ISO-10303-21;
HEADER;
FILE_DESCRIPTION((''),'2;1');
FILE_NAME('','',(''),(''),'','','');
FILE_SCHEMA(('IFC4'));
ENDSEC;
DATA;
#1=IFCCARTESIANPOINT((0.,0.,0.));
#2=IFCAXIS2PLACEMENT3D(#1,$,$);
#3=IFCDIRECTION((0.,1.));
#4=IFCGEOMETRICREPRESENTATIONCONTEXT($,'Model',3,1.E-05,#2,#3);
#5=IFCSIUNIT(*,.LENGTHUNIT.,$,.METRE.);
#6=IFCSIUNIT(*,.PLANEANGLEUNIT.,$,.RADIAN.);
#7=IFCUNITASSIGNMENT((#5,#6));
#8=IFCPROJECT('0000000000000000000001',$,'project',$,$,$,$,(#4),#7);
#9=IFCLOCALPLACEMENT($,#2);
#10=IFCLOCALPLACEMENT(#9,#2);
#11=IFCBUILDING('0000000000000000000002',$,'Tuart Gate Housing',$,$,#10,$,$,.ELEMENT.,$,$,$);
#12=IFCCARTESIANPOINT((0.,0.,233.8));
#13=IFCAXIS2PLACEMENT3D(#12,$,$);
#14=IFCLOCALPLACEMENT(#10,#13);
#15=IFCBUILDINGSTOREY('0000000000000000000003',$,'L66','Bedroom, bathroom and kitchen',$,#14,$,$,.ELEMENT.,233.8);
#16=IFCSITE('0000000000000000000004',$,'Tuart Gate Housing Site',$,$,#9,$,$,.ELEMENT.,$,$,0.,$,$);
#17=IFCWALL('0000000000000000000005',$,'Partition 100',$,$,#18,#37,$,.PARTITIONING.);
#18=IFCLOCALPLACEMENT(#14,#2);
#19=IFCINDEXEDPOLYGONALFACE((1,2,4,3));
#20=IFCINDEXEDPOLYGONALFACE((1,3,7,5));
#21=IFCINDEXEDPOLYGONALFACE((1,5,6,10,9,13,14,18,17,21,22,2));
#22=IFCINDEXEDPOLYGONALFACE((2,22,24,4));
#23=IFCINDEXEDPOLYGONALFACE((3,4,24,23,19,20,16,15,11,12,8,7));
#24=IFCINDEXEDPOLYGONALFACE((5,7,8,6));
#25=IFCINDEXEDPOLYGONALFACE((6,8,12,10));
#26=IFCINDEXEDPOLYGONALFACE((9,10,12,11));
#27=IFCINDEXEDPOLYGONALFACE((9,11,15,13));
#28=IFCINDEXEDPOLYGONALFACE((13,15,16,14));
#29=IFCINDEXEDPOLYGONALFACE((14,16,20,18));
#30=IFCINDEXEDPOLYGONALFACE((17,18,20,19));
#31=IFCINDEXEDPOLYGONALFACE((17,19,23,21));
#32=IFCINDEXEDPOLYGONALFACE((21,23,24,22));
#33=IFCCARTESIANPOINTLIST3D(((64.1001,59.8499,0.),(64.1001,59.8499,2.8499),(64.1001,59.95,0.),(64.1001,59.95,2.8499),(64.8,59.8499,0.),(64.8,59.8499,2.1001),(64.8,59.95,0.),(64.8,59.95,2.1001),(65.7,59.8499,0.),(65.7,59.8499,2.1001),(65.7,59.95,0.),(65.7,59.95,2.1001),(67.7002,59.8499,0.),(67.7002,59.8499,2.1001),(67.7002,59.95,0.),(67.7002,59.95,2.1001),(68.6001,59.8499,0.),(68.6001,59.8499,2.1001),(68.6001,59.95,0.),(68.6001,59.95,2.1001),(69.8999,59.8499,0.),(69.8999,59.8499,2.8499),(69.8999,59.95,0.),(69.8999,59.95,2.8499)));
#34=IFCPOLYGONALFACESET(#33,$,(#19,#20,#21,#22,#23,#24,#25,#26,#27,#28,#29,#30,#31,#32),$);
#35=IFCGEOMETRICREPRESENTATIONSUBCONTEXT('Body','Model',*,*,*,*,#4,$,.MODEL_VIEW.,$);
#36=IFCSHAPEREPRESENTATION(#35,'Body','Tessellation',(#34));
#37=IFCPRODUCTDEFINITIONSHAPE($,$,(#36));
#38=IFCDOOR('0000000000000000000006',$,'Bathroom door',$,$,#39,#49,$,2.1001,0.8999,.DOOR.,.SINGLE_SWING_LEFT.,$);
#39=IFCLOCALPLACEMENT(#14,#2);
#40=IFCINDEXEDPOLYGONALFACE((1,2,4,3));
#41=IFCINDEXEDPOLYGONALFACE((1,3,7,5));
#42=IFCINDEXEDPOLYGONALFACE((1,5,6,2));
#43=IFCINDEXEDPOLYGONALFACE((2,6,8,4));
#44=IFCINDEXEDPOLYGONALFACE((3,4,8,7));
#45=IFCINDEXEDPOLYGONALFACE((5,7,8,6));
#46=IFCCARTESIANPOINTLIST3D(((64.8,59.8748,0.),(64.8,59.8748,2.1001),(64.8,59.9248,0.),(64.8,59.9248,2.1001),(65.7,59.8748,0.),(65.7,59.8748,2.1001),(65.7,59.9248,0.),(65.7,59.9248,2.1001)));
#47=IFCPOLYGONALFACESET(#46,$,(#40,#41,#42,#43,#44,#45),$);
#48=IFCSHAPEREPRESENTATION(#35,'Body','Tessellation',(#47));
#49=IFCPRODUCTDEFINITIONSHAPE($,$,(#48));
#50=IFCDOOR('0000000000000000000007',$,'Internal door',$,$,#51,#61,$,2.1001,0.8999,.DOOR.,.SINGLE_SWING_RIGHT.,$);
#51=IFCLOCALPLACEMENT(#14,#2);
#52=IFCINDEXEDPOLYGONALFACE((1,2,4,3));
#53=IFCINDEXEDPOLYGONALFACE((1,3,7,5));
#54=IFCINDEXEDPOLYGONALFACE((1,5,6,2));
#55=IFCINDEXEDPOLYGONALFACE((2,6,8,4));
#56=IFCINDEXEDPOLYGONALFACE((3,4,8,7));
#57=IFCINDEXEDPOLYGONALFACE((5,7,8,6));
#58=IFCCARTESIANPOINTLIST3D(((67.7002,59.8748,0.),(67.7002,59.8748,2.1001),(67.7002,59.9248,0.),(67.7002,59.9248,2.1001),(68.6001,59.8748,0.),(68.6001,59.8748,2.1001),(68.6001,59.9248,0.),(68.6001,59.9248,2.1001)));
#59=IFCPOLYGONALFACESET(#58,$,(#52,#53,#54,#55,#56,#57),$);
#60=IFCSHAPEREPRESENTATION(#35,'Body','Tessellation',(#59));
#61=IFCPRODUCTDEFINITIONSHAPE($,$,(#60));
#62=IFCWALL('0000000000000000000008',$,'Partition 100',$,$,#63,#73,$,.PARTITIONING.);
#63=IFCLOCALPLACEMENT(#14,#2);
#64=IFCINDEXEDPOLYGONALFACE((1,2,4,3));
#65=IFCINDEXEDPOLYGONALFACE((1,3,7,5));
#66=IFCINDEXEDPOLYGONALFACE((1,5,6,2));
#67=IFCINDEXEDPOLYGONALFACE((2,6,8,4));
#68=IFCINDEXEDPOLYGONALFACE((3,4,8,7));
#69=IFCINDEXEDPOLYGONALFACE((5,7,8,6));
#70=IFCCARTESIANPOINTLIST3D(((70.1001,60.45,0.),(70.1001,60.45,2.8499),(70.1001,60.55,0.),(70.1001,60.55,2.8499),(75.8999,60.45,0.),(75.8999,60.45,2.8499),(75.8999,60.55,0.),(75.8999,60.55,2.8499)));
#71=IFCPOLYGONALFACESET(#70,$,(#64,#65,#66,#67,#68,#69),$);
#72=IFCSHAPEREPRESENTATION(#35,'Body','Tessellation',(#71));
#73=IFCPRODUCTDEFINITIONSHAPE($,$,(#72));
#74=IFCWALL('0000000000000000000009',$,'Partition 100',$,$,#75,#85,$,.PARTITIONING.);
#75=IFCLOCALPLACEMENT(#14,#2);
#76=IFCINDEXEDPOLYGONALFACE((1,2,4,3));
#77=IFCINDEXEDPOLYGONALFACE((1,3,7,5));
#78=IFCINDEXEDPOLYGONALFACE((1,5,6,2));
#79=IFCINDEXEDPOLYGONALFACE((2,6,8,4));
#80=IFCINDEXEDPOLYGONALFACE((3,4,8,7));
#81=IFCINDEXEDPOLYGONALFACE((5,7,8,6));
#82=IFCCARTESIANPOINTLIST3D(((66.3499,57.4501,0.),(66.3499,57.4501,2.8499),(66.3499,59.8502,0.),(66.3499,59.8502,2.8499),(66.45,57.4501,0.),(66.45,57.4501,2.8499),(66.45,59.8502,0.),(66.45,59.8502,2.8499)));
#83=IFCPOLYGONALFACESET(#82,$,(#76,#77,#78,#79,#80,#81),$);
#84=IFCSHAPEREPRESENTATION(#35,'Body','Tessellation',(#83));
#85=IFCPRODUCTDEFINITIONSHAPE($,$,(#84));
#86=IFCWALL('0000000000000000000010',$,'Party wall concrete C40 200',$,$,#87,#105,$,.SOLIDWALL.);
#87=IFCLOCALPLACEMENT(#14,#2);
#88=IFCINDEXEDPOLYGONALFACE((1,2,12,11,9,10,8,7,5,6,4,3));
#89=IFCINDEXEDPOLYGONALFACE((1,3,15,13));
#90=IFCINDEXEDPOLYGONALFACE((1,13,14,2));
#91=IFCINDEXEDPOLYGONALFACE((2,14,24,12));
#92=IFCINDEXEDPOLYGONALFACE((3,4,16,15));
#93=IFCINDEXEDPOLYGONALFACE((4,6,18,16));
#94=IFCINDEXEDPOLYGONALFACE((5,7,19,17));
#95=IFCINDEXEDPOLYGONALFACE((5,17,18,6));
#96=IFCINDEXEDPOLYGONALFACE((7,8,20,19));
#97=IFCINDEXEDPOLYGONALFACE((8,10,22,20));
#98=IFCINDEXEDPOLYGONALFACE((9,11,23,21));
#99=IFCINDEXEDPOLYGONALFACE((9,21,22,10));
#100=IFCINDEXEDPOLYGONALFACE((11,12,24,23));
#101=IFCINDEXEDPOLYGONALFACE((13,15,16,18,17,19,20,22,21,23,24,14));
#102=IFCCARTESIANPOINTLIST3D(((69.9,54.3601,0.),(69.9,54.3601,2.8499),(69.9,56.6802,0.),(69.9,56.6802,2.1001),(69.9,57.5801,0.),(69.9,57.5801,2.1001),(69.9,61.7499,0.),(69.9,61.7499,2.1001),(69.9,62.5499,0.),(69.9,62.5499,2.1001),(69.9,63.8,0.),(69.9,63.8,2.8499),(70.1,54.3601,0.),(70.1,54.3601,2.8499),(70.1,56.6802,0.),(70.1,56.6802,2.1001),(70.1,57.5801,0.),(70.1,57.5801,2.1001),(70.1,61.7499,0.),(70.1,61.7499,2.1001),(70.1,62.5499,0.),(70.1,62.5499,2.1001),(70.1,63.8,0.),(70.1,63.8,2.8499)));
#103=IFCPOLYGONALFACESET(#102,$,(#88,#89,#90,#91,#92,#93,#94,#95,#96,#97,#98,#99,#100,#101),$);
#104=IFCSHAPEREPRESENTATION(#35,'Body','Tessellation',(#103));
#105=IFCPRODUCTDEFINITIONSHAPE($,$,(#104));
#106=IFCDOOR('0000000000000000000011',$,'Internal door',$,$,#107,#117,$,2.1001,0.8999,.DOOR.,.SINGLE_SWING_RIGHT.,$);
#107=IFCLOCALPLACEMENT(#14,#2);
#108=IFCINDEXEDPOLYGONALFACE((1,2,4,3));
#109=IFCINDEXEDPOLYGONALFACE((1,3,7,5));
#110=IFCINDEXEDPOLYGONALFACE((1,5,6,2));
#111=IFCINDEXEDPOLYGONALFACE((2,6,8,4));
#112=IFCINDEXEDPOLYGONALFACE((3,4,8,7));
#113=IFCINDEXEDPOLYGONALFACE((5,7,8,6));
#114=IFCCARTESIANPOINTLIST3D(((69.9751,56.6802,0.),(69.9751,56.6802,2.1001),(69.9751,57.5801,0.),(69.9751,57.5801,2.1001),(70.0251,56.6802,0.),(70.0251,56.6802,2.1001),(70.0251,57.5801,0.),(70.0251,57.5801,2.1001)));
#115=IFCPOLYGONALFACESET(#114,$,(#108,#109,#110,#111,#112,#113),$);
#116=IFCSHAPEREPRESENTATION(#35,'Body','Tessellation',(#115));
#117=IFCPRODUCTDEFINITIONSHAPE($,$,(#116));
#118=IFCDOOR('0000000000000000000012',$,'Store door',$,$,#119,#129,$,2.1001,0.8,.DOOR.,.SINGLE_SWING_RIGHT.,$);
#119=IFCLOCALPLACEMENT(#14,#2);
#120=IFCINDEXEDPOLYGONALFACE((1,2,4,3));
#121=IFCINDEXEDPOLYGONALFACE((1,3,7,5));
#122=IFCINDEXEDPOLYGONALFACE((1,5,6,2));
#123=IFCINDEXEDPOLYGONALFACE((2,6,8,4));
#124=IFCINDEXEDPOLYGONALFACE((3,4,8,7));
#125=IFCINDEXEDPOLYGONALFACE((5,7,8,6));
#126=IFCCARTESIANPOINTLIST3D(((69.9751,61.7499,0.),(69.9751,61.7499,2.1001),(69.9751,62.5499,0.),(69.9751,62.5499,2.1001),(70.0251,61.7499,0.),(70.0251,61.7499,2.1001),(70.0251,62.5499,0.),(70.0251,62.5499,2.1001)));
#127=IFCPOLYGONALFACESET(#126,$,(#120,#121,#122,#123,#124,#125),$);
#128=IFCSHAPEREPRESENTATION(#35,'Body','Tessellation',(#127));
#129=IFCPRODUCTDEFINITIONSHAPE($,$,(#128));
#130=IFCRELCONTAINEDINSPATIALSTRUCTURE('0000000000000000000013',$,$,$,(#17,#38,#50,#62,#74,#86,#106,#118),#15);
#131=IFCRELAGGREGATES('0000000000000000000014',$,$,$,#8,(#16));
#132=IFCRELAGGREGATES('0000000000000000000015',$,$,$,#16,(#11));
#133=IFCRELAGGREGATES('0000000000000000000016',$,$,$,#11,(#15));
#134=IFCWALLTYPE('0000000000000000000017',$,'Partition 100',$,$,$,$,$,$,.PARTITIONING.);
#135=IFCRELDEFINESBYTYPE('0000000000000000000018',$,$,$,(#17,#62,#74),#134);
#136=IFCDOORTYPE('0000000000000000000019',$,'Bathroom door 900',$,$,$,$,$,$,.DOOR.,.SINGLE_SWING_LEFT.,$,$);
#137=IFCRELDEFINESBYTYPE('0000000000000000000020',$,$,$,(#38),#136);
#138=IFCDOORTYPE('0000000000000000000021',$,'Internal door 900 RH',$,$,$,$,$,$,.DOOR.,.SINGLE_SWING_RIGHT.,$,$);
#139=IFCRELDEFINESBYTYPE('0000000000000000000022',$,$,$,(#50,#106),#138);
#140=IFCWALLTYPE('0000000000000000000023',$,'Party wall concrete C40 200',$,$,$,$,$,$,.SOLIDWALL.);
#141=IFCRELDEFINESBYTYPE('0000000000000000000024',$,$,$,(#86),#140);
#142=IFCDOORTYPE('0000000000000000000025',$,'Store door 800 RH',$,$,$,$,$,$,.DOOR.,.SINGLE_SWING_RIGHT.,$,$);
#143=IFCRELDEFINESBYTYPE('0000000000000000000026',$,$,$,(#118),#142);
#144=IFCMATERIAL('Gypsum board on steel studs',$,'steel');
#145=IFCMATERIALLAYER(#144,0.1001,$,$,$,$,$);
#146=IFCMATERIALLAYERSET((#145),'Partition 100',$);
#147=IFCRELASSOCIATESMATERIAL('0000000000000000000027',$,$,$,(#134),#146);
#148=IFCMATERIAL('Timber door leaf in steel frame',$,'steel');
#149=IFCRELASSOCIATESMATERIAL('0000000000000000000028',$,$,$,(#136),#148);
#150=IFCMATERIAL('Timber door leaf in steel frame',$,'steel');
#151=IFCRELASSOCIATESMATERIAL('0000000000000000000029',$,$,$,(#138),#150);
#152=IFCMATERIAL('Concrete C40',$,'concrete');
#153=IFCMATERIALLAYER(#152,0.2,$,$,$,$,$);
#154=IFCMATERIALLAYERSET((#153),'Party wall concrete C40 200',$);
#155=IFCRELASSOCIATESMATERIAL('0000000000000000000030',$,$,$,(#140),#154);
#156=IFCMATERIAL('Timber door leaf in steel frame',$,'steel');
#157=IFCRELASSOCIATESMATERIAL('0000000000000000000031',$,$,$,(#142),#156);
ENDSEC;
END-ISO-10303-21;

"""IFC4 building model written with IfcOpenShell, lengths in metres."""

from ifc_helpers import new_model, si_unit, direction, frame, frame_2d, origin, place, context, subcontext, project, spatial, rectangle, extrude, material, layer, layer_set, type_object, element, fill, save


model = new_model("IFC4")

# Units and contexts
model_context = context("Model", 3, precision=1e-05, world=origin(), true_north=direction((0.0, 1.0)))
body_context = subcontext(model_context, "Body", "Model", "MODEL_VIEW")
ifc_project = project(units=[si_unit("LENGTHUNIT", "METRE"), si_unit("PLANEANGLEUNIT", "RADIAN")], contexts=[model_context])

# Site, building, storey
site_placement = place(None, origin())
site = spatial("IfcSite", under=ifc_project, at=site_placement, Name="Tuart Gate Housing Site", CompositionType="ELEMENT", RefElevation=0.0)
building_placement = place(site_placement, origin())
building = spatial("IfcBuilding", under=site, at=building_placement, Name="Tuart Gate Housing", CompositionType="ELEMENT")
storey_placement = place(building_placement, frame((0.0, 0.0, 233.8)))
storey = spatial("IfcBuildingStorey", under=building, at=storey_placement, Name="L66", Description="Bedroom, bathroom and kitchen", CompositionType="ELEMENT", Elevation=233.8)

# Shared definitions
ifc_material_1 = material(Name="Gypsum board on steel studs", Category="steel")
ifc_layer_1 = layer(ifc_material_1, 0.1001)
ifc_layer_set_1 = layer_set([ifc_layer_1], Name="Partition 100")
wall_type_1 = type_object("IfcWallType", Name="Partition 100", PredefinedType="PARTITIONING", material=ifc_layer_set_1)

# Wall, openings, doors
wall_1_placement = place(storey_placement, frame((64.1001, 59.8999, 0.0), z_axis=(0.0, 0.0, 1.0), x_axis=(1.0, 0.0, 0.0)))
wall_1 = element("IfcWall", 1, at=wall_1_placement, inside=storey, type_object=wall_type_1, Name="Partition 100", PredefinedType="PARTITIONING", context=body_context, shape_type="SweptSolid", body=[
    extrude(rectangle(XDim=5.7998, YDim=0.1001, at=frame_2d((2.8999, 0.0))), origin(), (0.0, 0.0, 1.0), 2.8499),
])
opening_1_placement = place(wall_1_placement, frame((3.6001, 0.0, 0.0)))
opening_1 = element("IfcOpeningElement", 2, at=opening_1_placement, cuts=wall_1, PredefinedType="OPENING", context=body_context, shape_type="SweptSolid", body=[
    extrude(rectangle(XDim=0.8999, YDim=2.1001, at=frame_2d((0.45, 1.05))), frame((0.0, 0.0601, 0.0), z_axis=(0.0, -1.0, 0.0), x_axis=(1.0, 0.0, 0.0)), (0.0, 0.0, 1.0), 0.1201),
])
opening_2_placement = place(wall_1_placement, frame((0.7, 0.0, 0.0)))
opening_2 = element("IfcOpeningElement", 3, at=opening_2_placement, cuts=wall_1, PredefinedType="OPENING", context=body_context, shape_type="SweptSolid", body=[
    extrude(rectangle(XDim=0.8999, YDim=2.1001, at=frame_2d((0.45, 1.05))), frame((0.0, 0.0601, 0.0), z_axis=(0.0, -1.0, 0.0), x_axis=(1.0, 0.0, 0.0)), (0.0, 0.0, 1.0), 0.1201),
])
ifc_material_2 = material(Name="Timber door leaf in steel frame", Category="steel")
door_type_1 = type_object("IfcDoorType", Name="Bathroom door 900", OperationType="SINGLE_SWING_LEFT", PredefinedType="DOOR", material=ifc_material_2)
door_1_placement = place(opening_2_placement, frame((0.8999, 0.0, 0.0), z_axis=(0.0, 0.0, 1.0), x_axis=(-1.0, 0.0, 0.0)))
door_1 = element("IfcDoor", 4, at=door_1_placement, inside=storey, type_object=door_type_1, Name="Bathroom door", OperationType="SINGLE_SWING_LEFT", OverallHeight=2.1001, OverallWidth=0.8999, PredefinedType="DOOR", context=body_context, shape_type="SweptSolid", body=[
    extrude(rectangle(XDim=0.8999, YDim=2.1001, at=frame_2d((0.45, 1.05))), frame((0.0, 0.0251, 0.0), z_axis=(0.0, -1.0, 0.0), x_axis=(1.0, 0.0, 0.0)), (0.0, 0.0, 1.0), 0.05),
])
fill(opening_2, door_1)
ifc_material_3 = material(Name="Timber door leaf in steel frame", Category="steel")
door_type_2 = type_object("IfcDoorType", Name="Internal door 900 RH", OperationType="SINGLE_SWING_RIGHT", PredefinedType="DOOR", material=ifc_material_3)
door_2_placement = place(opening_1_placement, origin())
door_2 = element("IfcDoor", 5, at=door_2_placement, inside=storey, type_object=door_type_2, Name="Internal door", OperationType="SINGLE_SWING_RIGHT", OverallHeight=2.1001, OverallWidth=0.8999, PredefinedType="DOOR", context=body_context, shape_type="SweptSolid", body=[
    extrude(rectangle(XDim=0.8999, YDim=2.1001, at=frame_2d((0.45, 1.05))), frame((0.0, 0.0249, 0.0), z_axis=(0.0, -1.0, 0.0), x_axis=(1.0, 0.0, 0.0)), (0.0, 0.0, 1.0), 0.05),
])
fill(opening_1, door_2)

# Walls
wall_2_placement = place(storey_placement, frame((70.1001, 60.5, 0.0), z_axis=(0.0, 0.0, 1.0), x_axis=(1.0, 0.0, 0.0)))
element("IfcWall", 6, at=wall_2_placement, inside=storey, type_object=wall_type_1, Name="Partition 100", PredefinedType="PARTITIONING", context=body_context, shape_type="SweptSolid", body=[
    extrude(rectangle(XDim=5.7998, YDim=0.1001, at=frame_2d((2.8999, 0.0))), origin(), (0.0, 0.0, 1.0), 2.8499),
])
wall_3_placement = place(storey_placement, frame((66.3999, 57.45, 0.0), z_axis=(0.0, 0.0, 1.0), x_axis=(0.0, 1.0, 0.0)))
element("IfcWall", 7, at=wall_3_placement, inside=storey, type_object=wall_type_1, Name="Partition 100", PredefinedType="PARTITIONING", context=body_context, shape_type="SweptSolid", body=[
    extrude(rectangle(XDim=2.4001, YDim=0.1001, at=frame_2d((1.2002, 0.0))), origin(), (0.0, 0.0, 1.0), 2.8499),
])

# Wall, openings, doors
ifc_material_4 = material(Name="Concrete C40", Category="concrete")
ifc_layer_2 = layer(ifc_material_4, 0.2)
ifc_layer_set_2 = layer_set([ifc_layer_2], Name="Party wall concrete C40 200")
wall_type_2 = type_object("IfcWallType", Name="Party wall concrete C40 200", PredefinedType="SOLIDWALL", material=ifc_layer_set_2)
wall_4_placement = place(storey_placement, frame((70.0, 54.3601, 0.0), z_axis=(0.0, 0.0, 1.0), x_axis=(0.0, 1.0, 0.0)))
wall_4 = element("IfcWall", 8, at=wall_4_placement, inside=storey, type_object=wall_type_2, Name="Party wall concrete C40 200", PredefinedType="SOLIDWALL", context=body_context, shape_type="SweptSolid", body=[
    extrude(rectangle(XDim=9.4399, YDim=0.2, at=frame_2d((4.72, 0.0))), origin(), (0.0, 0.0, 1.0), 2.8499),
])
opening_3_placement = place(wall_4_placement, frame((2.3201, 0.0, 0.0)))
opening_3 = element("IfcOpeningElement", 9, at=opening_3_placement, cuts=wall_4, PredefinedType="OPENING", context=body_context, shape_type="SweptSolid", body=[
    extrude(rectangle(XDim=0.8999, YDim=2.1001, at=frame_2d((0.45, 1.05))), frame((0.0, 0.1099, 0.0), z_axis=(0.0, -1.0, 0.0), x_axis=(1.0, 0.0, 0.0)), (0.0, 0.0, 1.0), 0.22),
])
opening_4_placement = place(wall_4_placement, frame((7.3899, 0.0, 0.0)))
opening_4 = element("IfcOpeningElement", 10, at=opening_4_placement, cuts=wall_4, PredefinedType="OPENING", context=body_context, shape_type="SweptSolid", body=[
    extrude(rectangle(XDim=0.8, YDim=2.1001, at=frame_2d((0.3999, 1.05))), frame((0.0, 0.1099, 0.0), z_axis=(0.0, -1.0, 0.0), x_axis=(1.0, 0.0, 0.0)), (0.0, 0.0, 1.0), 0.22),
])
door_3_placement = place(opening_3_placement, frame((0.8999, 0.0, 0.0), z_axis=(0.0, 0.0, 1.0), x_axis=(-1.0, 0.0, 0.0)))
door_3 = element("IfcDoor", 11, at=door_3_placement, inside=storey, type_object=door_type_2, Name="Internal door", OperationType="SINGLE_SWING_RIGHT", OverallHeight=2.1001, OverallWidth=0.8999, PredefinedType="DOOR", context=body_context, shape_type="SweptSolid", body=[
    extrude(rectangle(XDim=0.8999, YDim=2.1001, at=frame_2d((0.45, 1.05))), frame((0.0, 0.0251, 0.0), z_axis=(0.0, -1.0, 0.0), x_axis=(1.0, 0.0, 0.0)), (0.0, 0.0, 1.0), 0.05),
])
fill(opening_3, door_3)
ifc_material_5 = material(Name="Timber door leaf in steel frame", Category="steel")
door_type_3 = type_object("IfcDoorType", Name="Store door 800 RH", OperationType="SINGLE_SWING_RIGHT", PredefinedType="DOOR", material=ifc_material_5)
door_4_placement = place(opening_4_placement, frame((0.8, 0.0, 0.0), z_axis=(0.0, 0.0, 1.0), x_axis=(-1.0, 0.0, 0.0)))
door_4 = element("IfcDoor", 12, at=door_4_placement, inside=storey, type_object=door_type_3, Name="Store door", OperationType="SINGLE_SWING_RIGHT", OverallHeight=2.1001, OverallWidth=0.8, PredefinedType="DOOR", context=body_context, shape_type="SweptSolid", body=[
    extrude(rectangle(XDim=0.8, YDim=2.1001, at=frame_2d((0.4001, 1.05))), frame((0.0, 0.0251, 0.0), z_axis=(0.0, -1.0, 0.0), x_axis=(1.0, 0.0, 0.0)), (0.0, 0.0, 1.0), 0.05),
])
fill(opening_4, door_4)

save(model, "model.ifc")
